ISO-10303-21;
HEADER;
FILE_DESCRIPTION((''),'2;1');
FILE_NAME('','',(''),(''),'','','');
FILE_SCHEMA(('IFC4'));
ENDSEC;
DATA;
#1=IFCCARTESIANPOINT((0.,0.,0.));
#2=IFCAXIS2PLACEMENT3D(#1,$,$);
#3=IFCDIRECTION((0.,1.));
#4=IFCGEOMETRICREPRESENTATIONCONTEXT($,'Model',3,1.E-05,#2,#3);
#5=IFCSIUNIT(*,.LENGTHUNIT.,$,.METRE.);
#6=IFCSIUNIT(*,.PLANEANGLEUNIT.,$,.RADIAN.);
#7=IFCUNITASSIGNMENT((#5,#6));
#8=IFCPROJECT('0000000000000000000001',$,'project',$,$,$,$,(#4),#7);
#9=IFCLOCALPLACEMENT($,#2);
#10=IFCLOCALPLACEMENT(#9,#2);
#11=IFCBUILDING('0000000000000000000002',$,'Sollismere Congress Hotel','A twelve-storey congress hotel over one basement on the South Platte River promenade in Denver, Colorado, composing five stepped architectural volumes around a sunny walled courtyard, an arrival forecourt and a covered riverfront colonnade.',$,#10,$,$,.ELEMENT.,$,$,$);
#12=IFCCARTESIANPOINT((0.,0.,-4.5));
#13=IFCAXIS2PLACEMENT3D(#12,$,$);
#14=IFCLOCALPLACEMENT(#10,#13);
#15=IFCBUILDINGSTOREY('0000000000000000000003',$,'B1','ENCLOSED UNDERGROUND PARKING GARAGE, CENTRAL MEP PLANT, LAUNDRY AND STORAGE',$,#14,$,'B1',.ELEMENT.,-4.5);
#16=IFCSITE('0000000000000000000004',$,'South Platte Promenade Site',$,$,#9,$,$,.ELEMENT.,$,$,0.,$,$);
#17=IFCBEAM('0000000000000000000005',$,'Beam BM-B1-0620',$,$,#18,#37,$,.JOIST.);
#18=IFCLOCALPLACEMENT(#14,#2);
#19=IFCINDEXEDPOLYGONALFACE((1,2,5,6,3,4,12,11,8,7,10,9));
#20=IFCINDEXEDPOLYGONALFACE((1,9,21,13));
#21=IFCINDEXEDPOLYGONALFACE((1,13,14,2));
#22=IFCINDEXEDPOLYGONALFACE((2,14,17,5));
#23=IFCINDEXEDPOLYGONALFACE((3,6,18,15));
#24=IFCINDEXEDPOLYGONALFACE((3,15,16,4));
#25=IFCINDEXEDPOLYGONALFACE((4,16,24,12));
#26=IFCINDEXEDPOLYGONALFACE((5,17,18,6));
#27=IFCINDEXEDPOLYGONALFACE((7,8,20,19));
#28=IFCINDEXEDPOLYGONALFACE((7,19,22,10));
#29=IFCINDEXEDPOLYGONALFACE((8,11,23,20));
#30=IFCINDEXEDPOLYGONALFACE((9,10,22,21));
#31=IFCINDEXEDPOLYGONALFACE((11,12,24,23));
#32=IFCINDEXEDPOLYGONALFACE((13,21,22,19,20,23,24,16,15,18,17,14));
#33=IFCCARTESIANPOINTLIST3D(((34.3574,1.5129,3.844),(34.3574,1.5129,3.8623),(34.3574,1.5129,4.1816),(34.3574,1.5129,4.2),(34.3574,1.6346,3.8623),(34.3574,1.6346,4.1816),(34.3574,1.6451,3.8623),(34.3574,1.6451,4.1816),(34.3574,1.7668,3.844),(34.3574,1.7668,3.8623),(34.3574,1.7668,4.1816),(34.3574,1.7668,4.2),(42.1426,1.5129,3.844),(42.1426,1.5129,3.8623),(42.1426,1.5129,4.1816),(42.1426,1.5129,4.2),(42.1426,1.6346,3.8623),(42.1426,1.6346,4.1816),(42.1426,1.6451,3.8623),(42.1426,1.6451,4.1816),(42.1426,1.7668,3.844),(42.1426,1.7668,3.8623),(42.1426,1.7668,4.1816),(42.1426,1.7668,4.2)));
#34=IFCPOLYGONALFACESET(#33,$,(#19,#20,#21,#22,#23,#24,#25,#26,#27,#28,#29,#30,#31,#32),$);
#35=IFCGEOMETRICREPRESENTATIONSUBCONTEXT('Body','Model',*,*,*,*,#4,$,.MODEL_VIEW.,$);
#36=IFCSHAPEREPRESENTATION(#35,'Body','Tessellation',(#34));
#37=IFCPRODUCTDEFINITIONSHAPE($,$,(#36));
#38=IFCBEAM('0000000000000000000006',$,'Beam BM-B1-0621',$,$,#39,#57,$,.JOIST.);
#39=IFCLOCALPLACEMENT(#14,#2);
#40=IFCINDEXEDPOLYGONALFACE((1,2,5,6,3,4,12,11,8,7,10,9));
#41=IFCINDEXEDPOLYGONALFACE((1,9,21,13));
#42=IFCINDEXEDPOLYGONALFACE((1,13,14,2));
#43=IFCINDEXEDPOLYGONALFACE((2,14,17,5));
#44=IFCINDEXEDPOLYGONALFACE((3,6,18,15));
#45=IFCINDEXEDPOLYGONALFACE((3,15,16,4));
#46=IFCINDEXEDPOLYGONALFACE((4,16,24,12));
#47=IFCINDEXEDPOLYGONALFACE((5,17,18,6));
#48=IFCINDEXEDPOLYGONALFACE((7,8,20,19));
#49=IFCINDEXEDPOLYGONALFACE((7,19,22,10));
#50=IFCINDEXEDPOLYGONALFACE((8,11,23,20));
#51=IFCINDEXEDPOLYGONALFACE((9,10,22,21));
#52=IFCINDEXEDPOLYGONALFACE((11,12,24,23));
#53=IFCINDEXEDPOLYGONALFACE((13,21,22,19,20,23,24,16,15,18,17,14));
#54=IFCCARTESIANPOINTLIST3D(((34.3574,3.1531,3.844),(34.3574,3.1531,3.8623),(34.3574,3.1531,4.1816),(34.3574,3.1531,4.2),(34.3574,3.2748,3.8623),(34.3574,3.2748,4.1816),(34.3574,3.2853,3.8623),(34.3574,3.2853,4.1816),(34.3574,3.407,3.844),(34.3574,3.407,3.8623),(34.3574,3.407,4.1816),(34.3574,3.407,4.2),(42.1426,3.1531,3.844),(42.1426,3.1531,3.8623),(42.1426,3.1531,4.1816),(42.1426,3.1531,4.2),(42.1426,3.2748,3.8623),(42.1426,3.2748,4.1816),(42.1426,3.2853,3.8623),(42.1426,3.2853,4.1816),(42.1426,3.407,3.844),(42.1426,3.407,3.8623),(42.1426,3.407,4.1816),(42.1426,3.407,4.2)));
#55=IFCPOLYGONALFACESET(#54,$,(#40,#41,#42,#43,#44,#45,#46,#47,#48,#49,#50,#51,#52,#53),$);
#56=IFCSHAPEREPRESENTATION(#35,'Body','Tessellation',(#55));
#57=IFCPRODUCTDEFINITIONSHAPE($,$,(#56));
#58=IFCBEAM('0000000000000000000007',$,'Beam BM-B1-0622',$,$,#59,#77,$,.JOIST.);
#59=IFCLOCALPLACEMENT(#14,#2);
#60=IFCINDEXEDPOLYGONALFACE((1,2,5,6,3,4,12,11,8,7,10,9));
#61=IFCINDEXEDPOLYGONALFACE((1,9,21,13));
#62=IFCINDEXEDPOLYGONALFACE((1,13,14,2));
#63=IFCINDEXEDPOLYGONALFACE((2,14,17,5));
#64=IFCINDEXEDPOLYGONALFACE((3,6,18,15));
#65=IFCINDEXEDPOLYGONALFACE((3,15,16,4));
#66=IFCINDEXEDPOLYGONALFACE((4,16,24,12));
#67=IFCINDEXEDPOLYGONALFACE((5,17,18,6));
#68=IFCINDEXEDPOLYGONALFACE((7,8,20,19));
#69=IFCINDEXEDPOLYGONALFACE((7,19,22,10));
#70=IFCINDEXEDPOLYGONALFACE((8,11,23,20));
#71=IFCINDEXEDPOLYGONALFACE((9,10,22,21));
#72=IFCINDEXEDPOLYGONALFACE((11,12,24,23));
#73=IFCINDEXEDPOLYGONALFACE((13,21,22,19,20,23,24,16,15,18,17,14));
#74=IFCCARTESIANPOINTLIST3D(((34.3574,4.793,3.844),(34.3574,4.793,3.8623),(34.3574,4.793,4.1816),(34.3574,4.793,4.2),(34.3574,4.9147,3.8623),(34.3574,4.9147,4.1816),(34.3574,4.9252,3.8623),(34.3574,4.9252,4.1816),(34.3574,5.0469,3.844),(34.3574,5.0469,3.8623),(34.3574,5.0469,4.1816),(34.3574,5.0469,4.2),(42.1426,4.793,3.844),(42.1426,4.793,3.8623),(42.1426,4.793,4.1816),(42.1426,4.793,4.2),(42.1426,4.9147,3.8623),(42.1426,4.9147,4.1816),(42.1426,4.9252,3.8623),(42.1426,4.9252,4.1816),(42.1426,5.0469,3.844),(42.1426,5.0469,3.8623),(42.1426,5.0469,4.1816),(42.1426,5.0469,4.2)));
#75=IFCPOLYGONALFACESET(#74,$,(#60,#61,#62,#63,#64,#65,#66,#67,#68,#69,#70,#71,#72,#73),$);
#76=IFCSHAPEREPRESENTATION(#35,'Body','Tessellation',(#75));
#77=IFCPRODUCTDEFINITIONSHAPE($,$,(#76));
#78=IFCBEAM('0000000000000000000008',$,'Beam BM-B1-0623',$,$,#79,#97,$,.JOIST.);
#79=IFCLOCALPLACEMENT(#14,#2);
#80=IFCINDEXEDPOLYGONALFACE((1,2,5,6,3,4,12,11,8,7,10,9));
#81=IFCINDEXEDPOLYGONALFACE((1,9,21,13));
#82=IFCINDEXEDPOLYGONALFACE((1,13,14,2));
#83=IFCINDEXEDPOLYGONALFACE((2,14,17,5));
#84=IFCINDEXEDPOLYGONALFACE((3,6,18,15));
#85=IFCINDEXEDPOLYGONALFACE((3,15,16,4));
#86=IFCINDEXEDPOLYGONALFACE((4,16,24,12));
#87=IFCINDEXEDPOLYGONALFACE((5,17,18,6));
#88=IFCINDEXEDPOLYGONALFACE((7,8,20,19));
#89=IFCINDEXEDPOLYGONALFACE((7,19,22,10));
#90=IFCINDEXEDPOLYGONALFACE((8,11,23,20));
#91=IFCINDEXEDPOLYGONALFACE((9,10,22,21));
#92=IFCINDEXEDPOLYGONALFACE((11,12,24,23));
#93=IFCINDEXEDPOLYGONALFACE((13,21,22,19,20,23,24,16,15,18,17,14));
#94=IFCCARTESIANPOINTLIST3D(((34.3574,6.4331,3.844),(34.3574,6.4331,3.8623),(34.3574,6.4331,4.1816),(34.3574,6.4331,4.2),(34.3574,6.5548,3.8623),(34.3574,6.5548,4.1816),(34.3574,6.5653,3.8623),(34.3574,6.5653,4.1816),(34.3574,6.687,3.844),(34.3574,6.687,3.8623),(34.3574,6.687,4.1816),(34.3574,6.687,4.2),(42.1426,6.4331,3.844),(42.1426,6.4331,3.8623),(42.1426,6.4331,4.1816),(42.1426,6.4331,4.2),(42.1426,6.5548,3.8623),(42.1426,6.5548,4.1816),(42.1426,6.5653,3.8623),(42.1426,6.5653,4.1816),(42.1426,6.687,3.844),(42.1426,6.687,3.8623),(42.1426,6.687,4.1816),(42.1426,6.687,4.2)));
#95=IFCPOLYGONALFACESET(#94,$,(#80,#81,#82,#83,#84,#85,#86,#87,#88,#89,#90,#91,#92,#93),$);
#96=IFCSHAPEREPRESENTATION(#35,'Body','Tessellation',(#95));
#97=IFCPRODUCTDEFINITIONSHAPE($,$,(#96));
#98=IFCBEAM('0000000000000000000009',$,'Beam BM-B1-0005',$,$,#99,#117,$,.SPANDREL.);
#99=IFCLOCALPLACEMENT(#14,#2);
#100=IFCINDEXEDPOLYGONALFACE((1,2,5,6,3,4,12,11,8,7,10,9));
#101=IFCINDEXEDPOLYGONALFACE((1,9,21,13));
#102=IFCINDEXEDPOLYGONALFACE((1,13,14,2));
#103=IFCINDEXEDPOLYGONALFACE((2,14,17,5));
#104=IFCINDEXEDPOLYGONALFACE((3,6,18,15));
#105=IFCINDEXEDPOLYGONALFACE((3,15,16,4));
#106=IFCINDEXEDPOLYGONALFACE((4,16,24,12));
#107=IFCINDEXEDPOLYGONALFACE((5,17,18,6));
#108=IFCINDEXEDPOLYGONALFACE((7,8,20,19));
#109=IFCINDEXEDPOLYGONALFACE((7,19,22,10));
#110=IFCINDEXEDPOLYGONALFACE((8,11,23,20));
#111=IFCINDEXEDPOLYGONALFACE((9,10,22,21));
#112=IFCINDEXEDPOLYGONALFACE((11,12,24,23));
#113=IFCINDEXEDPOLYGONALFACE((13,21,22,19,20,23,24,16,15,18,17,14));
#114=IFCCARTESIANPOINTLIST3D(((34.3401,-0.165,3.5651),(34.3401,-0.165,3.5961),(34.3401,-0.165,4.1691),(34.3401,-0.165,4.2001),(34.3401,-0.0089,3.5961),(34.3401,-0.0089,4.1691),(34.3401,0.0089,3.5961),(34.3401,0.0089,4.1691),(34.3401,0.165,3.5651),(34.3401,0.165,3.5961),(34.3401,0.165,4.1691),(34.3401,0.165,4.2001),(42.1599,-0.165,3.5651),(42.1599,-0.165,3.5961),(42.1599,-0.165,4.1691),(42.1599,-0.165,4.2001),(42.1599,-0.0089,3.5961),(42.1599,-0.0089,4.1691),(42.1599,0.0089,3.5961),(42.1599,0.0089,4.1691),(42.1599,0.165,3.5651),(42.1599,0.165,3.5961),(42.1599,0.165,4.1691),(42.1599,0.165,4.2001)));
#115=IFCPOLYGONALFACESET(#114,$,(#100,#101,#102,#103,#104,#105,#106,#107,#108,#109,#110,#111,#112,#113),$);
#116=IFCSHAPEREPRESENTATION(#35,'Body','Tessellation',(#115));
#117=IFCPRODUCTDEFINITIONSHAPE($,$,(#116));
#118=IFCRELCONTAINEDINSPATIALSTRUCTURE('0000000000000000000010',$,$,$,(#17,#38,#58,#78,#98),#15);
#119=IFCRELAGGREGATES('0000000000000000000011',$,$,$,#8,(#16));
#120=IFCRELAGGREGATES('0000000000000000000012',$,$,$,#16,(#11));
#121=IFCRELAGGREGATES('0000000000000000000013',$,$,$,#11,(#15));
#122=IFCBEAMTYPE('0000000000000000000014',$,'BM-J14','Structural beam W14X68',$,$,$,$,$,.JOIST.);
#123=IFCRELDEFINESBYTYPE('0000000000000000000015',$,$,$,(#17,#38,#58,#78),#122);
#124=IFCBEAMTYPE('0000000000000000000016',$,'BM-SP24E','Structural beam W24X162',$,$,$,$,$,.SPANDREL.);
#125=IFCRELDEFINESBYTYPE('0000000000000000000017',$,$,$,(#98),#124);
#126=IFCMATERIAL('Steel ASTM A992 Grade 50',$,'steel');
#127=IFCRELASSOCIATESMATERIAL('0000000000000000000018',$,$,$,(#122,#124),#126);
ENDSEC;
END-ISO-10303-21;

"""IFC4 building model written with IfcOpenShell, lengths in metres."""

from ifc_helpers import new_model, si_unit, direction, frame, origin, origin_2d, place, context, subcontext, project, spatial, i_section, extrude, material, material_profile, profile_set, type_object, element, save


model = new_model("IFC4")

# Units and contexts
model_context = context("Model", 3, precision=1e-05, world=origin(), true_north=direction((0.0, 1.0)))
body_context = subcontext(model_context, "Body", "Model", "MODEL_VIEW")
ifc_project = project(units=[si_unit("LENGTHUNIT", "METRE"), si_unit("PLANEANGLEUNIT", "RADIAN")], contexts=[model_context])

# Site, building, storey
site_placement = place(None, origin())
site = spatial("IfcSite", under=ifc_project, at=site_placement, Name="South Platte Promenade Site", CompositionType="ELEMENT", RefElevation=0.0)
building_placement = place(site_placement, origin())
building = spatial("IfcBuilding", under=site, at=building_placement, Name="Sollismere Congress Hotel", Description="A twelve-storey congress hotel over one basement on the South Platte River promenade in Denver, Colorado, composing five stepped architectural volumes around a sunny walled courtyard, an arrival forecourt and a covered riverfront colonnade.", CompositionType="ELEMENT")
storey_placement = place(building_placement, frame((0.0, 0.0, -4.5)))
storey = spatial("IfcBuildingStorey", under=building, at=storey_placement, Name="B1", Description="ENCLOSED UNDERGROUND PARKING GARAGE, CENTRAL MEP PLANT, LAUNDRY AND STORAGE", LongName="B1", CompositionType="ELEMENT", Elevation=-4.5)

# Beams
ifc_material_1 = material(Name="Steel ASTM A992 Grade 50", Category="steel")
ifc_material_profile_1 = material_profile(ifc_material_1, i_section(OverallWidth=0.2539, OverallDepth=0.356, WebThickness=0.0105, FlangeThickness=0.0183, at=origin_2d()), Name="W14X68")
ifc_profile_set_1 = profile_set([ifc_material_profile_1], Name="Steel ASTM A992 Grade 50")
beam_type_1 = type_object("IfcBeamType", Name="BM-J14", Description="Structural beam W14X68", PredefinedType="JOIST", material=ifc_profile_set_1)
for number, where, z_axis, x_axis, name in (
    (1, (34.3574, 1.6399, 4.022), (1.0, 0.0, 0.0), (0.0, 1.0, 0.0), "Beam BM-B1-0620"),
    (2, (34.3574, 3.28, 4.022), (1.0, 0.0, 0.0), (0.0, 1.0, 0.0), "Beam BM-B1-0621"),
    (3, (34.3574, 4.9199, 4.022), (1.0, 0.0, 0.0), (0.0, 1.0, 0.0), "Beam BM-B1-0622"),
    (4, (34.3574, 6.5601, 4.022), (1.0, 0.0, 0.0), (0.0, 1.0, 0.0), "Beam BM-B1-0623"),
):
    element("IfcBeam", number, at=place(storey_placement, frame(where, z_axis=z_axis, x_axis=x_axis)), inside=storey, type_object=beam_type_1, Name=name, PredefinedType="JOIST", context=body_context, shape_type="SweptSolid", body=[
        extrude(i_section(OverallWidth=0.2539, OverallDepth=0.356, WebThickness=0.0105, FlangeThickness=0.0183, at=origin_2d()), origin(), (0.0, 0.0, 1.0), 7.7852),
    ])
ifc_material_profile_2 = material_profile(ifc_material_1, i_section(OverallWidth=0.3301, OverallDepth=0.635, WebThickness=0.0178, FlangeThickness=0.031, at=origin_2d()), Name="W24X162")
ifc_profile_set_2 = profile_set([ifc_material_profile_2], Name="Steel ASTM A992 Grade 50")
beam_type_2 = type_object("IfcBeamType", Name="BM-SP24E", Description="Structural beam W24X162", PredefinedType="SPANDREL", material=ifc_profile_set_2)
beam_1_placement = place(storey_placement, frame((34.3401, 0.0, 3.8826), z_axis=(1.0, 0.0, 0.0), x_axis=(0.0, 1.0, 0.0)))
element("IfcBeam", 5, at=beam_1_placement, inside=storey, type_object=beam_type_2, Name="Beam BM-B1-0005", PredefinedType="SPANDREL", context=body_context, shape_type="SweptSolid", body=[
    extrude(i_section(OverallWidth=0.3301, OverallDepth=0.635, WebThickness=0.0178, FlangeThickness=0.031, at=origin_2d()), origin(), (0.0, 0.0, 1.0), 7.8198),
])

save(model, "model.ifc")
